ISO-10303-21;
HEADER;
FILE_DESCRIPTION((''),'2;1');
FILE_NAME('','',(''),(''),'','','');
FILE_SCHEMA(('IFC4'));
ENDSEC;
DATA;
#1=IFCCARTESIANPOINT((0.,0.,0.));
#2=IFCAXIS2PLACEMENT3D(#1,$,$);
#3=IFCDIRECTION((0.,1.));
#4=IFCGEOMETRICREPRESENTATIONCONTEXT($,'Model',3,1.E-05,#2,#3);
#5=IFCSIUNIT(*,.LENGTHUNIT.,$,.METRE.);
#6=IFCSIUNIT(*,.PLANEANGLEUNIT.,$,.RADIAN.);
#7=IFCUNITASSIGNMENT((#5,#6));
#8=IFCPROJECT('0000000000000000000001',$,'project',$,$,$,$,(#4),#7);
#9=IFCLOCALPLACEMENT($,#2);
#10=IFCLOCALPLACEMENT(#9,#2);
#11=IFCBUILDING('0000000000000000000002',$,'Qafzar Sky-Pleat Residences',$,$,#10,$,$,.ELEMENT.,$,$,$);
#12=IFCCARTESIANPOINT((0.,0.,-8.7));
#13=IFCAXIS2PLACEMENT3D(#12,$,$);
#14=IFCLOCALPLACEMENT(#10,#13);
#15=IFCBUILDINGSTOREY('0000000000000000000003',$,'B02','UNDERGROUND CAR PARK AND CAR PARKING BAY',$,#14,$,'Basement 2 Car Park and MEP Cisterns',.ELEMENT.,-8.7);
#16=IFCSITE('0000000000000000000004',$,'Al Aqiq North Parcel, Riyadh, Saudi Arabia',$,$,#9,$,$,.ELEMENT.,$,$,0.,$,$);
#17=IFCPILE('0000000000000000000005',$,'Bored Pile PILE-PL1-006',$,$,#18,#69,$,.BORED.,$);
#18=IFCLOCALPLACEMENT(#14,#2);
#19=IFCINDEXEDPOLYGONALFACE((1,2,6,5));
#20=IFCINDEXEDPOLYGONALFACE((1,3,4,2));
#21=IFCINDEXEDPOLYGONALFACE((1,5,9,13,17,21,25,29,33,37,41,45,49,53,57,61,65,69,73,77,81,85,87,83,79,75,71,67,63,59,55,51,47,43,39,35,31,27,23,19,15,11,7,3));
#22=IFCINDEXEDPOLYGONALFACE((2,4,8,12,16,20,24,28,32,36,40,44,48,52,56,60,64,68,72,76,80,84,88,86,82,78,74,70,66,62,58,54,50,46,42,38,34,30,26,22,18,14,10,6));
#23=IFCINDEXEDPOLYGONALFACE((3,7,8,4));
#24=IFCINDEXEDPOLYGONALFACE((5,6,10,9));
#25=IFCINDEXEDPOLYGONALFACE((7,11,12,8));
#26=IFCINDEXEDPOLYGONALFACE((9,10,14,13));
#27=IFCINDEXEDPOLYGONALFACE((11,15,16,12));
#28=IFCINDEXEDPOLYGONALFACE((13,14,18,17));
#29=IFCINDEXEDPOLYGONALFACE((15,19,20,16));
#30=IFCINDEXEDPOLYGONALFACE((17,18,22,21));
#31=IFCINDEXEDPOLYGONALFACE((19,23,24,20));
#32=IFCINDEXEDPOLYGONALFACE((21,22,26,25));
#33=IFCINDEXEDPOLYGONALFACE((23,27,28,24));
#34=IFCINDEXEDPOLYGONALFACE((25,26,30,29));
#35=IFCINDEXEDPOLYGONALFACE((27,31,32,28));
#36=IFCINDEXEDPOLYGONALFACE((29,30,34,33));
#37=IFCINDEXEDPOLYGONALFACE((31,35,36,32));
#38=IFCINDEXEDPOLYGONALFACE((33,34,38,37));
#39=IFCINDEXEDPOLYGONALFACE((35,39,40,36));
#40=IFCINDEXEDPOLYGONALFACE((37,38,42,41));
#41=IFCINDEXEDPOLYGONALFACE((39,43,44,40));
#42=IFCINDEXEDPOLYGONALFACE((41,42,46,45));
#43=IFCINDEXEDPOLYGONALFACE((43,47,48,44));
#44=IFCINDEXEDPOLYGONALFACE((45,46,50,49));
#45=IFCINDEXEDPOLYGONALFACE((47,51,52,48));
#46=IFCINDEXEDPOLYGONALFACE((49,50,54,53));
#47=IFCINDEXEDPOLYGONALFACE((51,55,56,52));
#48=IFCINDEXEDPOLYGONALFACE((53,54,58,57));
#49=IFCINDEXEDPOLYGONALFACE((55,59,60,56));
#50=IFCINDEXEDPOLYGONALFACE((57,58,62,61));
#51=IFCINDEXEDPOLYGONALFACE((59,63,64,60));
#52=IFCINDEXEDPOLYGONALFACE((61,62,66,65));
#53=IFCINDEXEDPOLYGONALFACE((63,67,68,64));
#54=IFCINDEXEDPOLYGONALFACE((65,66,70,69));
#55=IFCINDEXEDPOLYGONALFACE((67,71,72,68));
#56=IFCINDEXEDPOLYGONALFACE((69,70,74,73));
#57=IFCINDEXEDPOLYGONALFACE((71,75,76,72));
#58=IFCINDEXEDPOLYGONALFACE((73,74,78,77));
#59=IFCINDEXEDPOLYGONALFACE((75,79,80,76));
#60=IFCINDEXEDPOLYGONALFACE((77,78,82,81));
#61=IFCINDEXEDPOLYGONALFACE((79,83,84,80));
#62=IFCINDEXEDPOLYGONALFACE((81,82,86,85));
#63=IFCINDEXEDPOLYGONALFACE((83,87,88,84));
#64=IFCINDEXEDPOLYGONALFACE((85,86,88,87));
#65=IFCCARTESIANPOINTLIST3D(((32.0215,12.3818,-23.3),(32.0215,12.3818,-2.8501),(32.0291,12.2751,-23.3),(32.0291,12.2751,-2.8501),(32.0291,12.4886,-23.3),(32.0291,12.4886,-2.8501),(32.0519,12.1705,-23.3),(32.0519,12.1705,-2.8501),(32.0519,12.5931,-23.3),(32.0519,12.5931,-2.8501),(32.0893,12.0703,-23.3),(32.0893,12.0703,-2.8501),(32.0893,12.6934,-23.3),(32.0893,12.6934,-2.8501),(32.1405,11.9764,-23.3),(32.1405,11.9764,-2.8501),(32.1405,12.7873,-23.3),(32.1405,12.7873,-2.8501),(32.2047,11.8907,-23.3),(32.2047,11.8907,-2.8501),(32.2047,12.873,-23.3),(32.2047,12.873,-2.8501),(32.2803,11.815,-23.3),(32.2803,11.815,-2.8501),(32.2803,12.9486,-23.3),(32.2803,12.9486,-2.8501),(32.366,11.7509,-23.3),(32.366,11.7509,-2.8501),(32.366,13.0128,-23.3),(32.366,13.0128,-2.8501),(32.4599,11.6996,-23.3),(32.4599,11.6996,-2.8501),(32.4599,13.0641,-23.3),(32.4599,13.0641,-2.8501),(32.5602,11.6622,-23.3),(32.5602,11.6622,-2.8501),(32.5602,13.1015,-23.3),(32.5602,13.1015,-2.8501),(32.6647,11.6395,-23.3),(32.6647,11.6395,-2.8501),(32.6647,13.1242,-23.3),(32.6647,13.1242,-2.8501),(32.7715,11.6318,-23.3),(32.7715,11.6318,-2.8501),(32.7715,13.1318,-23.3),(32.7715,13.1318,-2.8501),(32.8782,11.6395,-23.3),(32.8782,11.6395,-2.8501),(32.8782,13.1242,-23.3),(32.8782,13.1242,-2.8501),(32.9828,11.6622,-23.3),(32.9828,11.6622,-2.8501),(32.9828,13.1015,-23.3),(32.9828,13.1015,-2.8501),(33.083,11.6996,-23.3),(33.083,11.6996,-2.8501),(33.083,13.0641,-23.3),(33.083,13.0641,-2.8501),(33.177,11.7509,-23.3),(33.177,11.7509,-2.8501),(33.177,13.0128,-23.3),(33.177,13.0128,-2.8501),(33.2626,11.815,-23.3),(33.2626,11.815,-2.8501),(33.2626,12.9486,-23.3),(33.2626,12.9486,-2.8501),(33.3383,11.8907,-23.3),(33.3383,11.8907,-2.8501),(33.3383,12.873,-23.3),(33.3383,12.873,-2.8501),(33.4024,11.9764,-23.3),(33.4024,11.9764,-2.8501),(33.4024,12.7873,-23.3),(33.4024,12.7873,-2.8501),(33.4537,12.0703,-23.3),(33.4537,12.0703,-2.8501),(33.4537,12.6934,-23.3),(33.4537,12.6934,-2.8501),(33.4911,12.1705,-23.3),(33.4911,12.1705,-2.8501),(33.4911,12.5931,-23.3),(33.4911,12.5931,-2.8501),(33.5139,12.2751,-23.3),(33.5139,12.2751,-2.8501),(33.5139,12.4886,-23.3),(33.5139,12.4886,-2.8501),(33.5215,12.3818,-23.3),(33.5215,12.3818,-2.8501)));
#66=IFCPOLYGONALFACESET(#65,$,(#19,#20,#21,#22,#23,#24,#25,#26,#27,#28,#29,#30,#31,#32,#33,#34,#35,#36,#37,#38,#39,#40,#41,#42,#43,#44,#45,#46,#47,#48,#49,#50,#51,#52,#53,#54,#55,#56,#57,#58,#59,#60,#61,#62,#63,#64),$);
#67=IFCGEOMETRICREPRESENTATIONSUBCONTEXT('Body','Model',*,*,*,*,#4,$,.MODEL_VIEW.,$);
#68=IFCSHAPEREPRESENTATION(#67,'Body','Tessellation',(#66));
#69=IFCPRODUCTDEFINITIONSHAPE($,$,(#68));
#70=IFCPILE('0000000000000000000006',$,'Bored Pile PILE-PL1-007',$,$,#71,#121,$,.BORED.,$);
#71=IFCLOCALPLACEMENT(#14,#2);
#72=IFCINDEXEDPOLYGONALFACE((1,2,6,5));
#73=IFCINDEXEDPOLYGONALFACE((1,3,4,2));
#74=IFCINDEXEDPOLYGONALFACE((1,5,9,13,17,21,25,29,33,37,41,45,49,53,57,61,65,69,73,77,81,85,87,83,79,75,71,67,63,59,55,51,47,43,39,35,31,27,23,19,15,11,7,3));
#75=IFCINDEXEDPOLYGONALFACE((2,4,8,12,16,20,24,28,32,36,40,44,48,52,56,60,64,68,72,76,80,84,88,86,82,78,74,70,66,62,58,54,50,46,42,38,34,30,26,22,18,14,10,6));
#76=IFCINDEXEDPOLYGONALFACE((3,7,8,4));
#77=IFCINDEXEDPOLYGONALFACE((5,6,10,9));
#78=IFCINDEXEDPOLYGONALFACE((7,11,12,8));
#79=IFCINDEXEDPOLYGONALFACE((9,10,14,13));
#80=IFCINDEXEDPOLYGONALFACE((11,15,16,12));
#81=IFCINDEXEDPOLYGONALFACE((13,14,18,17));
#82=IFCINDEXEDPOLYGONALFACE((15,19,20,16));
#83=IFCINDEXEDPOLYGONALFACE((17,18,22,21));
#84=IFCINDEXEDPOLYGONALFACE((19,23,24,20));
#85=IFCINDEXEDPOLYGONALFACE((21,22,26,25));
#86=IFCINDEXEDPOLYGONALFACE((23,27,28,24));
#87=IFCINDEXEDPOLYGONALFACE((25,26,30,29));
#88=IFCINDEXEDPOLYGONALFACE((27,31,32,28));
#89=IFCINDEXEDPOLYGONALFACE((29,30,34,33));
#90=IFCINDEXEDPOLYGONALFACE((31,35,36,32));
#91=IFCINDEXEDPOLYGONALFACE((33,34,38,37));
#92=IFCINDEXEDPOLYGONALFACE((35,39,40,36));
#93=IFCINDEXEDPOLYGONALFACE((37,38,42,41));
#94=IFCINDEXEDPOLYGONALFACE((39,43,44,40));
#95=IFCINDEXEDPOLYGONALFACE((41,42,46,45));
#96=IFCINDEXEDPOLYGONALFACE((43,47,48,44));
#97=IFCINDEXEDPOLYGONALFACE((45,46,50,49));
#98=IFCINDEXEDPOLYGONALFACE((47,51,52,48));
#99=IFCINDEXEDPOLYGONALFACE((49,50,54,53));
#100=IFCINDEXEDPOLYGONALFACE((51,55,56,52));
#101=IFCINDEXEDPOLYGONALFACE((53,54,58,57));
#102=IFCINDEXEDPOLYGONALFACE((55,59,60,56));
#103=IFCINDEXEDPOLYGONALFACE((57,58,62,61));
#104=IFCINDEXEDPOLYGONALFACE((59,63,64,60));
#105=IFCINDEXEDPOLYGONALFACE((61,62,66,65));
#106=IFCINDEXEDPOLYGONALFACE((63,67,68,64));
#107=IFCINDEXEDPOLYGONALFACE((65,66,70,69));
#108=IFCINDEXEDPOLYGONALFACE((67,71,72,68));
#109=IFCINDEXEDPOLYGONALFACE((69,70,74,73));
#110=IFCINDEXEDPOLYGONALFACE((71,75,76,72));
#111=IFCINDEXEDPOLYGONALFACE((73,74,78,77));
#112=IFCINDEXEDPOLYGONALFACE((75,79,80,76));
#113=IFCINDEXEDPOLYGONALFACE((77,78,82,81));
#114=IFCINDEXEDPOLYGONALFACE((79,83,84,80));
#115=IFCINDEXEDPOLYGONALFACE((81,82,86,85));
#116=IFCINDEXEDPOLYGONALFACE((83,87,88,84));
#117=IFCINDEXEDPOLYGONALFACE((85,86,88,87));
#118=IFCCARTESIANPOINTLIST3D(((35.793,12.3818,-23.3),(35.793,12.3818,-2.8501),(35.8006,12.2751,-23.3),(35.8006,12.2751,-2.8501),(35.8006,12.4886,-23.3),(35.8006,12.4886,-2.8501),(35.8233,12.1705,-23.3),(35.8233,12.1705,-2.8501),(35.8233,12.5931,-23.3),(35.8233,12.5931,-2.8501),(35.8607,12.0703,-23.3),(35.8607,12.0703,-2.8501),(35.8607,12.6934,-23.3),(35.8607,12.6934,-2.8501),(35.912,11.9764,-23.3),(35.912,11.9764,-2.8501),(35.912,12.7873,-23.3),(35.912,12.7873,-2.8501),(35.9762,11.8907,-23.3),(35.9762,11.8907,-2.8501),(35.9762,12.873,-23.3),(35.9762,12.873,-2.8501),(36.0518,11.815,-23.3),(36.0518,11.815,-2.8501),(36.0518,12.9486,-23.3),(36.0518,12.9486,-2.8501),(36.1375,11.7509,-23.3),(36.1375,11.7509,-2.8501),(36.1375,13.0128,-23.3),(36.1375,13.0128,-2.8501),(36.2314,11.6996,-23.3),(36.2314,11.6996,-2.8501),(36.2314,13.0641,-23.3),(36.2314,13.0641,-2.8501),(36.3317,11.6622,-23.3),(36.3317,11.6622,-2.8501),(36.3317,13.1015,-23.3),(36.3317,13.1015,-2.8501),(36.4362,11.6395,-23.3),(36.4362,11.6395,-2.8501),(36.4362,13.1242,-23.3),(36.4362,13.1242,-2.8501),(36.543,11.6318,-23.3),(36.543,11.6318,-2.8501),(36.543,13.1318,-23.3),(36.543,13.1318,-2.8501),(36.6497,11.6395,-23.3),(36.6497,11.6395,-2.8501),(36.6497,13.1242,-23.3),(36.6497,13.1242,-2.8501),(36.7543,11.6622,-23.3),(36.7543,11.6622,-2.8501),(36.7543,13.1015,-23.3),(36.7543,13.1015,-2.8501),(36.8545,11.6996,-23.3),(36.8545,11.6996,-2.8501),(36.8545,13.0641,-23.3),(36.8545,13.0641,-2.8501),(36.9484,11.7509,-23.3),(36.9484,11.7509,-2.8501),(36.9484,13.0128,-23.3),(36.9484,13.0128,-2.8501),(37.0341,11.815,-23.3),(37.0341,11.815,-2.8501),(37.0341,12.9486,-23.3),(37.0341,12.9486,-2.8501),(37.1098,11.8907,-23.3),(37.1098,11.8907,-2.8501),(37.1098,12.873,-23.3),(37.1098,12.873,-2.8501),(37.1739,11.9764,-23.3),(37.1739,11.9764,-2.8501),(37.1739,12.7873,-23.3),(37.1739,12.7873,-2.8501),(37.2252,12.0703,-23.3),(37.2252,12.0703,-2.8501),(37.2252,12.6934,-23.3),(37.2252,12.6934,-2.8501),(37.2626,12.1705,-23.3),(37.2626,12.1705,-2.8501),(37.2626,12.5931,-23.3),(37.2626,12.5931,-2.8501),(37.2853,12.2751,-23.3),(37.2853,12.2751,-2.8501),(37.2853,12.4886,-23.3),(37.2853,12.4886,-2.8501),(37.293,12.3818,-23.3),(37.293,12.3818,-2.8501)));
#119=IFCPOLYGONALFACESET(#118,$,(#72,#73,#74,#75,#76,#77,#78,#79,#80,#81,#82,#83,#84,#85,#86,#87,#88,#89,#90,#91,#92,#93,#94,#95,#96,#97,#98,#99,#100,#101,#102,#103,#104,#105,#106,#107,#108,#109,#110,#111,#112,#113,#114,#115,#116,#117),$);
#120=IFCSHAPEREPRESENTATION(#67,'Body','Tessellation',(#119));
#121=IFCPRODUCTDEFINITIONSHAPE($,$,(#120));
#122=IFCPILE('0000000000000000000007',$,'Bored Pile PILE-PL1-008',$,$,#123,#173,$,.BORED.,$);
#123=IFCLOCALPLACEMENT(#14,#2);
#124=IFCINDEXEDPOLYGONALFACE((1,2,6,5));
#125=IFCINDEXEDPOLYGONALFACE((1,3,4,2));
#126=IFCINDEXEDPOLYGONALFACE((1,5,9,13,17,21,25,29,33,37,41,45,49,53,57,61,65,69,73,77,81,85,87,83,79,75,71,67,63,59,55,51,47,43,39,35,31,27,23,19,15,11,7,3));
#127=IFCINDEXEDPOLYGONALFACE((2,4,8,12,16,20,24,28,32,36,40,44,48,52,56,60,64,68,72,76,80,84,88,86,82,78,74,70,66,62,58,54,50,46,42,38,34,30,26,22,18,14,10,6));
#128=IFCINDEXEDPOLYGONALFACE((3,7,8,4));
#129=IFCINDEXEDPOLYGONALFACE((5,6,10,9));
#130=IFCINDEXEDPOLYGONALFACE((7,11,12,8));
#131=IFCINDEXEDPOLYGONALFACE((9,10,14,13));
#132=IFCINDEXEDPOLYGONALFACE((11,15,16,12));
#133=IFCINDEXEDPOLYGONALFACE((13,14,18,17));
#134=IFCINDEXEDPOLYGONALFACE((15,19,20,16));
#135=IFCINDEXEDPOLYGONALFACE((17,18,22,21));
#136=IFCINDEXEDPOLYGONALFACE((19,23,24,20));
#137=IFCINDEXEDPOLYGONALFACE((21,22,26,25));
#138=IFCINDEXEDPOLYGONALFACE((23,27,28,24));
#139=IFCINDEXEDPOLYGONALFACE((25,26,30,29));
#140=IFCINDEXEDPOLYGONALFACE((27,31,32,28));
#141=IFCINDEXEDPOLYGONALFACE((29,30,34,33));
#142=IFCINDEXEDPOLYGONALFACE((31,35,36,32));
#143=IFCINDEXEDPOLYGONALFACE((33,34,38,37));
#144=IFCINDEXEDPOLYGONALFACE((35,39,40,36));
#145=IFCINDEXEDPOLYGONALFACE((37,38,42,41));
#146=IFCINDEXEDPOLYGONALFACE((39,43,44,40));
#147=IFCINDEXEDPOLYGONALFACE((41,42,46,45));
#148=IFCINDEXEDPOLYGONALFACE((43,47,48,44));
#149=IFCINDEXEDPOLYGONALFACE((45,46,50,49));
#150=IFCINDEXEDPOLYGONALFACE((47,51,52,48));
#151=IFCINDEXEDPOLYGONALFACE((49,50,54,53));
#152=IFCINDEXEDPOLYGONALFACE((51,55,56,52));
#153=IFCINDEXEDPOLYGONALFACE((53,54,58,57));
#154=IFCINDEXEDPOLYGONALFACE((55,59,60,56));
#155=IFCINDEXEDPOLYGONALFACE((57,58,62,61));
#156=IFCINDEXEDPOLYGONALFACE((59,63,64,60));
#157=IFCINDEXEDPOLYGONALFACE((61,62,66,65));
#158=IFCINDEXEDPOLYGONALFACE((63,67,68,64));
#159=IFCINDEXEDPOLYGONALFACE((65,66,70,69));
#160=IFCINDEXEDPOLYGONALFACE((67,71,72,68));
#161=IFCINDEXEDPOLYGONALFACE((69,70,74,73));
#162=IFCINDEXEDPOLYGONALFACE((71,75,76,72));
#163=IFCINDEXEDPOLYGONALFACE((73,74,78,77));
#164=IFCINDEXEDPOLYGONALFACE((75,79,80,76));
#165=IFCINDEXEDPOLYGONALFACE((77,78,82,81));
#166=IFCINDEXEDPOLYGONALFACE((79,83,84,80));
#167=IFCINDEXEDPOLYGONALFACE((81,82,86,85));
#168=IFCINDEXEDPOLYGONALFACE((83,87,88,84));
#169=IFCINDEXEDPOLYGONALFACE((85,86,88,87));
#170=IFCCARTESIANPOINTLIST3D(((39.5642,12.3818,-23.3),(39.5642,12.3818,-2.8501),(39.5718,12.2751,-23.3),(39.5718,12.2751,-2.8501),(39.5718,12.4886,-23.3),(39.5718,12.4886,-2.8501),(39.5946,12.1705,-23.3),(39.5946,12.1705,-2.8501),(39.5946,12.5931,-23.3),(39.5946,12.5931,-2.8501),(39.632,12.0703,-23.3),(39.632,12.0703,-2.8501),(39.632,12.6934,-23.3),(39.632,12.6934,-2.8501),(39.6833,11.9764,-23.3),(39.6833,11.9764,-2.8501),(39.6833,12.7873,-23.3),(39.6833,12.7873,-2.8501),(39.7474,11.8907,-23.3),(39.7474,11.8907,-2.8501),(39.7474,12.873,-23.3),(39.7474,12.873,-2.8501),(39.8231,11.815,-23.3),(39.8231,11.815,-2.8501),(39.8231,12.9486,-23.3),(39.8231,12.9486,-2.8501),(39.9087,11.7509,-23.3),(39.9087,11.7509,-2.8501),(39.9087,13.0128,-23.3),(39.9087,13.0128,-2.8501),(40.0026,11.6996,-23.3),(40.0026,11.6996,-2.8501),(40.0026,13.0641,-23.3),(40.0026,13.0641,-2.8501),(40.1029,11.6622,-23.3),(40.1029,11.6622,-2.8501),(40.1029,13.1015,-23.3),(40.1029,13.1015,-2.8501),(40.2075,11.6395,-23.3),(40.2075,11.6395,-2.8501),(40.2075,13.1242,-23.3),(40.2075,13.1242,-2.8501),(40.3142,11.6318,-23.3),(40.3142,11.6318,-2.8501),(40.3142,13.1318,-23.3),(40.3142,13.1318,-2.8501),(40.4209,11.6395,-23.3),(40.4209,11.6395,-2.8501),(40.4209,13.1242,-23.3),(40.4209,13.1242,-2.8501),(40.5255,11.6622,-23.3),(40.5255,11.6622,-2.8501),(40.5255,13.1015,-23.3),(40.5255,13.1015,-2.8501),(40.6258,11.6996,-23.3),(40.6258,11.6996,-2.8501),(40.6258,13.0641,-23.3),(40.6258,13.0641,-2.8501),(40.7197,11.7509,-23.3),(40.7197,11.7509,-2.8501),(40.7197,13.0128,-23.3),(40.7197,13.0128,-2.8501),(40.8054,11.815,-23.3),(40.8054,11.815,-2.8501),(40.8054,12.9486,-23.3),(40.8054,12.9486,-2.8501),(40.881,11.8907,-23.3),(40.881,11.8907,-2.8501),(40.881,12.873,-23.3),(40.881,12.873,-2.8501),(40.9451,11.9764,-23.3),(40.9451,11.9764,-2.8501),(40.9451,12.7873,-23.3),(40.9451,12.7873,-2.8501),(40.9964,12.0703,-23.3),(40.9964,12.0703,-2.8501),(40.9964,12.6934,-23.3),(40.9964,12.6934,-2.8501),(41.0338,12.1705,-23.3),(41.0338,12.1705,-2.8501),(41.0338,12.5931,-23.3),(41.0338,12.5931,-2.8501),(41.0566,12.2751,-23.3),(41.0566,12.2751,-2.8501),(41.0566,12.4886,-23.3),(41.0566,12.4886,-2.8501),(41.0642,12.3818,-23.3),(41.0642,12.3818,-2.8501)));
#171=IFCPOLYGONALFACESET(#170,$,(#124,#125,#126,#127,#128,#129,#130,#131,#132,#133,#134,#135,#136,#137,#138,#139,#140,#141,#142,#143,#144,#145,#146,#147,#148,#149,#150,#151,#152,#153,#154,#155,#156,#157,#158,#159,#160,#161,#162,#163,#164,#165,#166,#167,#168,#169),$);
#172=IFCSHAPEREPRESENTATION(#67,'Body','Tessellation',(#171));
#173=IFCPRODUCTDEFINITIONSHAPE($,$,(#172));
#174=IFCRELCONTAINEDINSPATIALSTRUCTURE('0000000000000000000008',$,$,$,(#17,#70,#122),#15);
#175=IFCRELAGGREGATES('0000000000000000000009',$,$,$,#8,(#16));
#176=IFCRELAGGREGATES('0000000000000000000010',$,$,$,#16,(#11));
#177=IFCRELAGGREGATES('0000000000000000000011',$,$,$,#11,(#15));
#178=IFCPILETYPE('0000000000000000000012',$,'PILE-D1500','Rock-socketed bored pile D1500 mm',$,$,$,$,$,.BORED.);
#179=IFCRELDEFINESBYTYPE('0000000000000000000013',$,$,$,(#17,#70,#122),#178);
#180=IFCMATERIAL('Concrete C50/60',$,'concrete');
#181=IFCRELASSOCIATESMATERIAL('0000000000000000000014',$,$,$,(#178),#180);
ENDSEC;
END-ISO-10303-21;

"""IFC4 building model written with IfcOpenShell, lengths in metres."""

from ifc_helpers import new_model, si_unit, direction, frame, origin, origin_2d, place, context, subcontext, project, spatial, circle, extrude, source, transform, mapped, material, material_profile, profile_set, type_object, element, save


model = new_model("IFC4")

# Units and contexts
model_context = context("Model", 3, precision=1e-05, world=origin(), true_north=direction((0.0, 1.0)))
body_context = subcontext(model_context, "Body", "Model", "MODEL_VIEW")
ifc_project = project(units=[si_unit("LENGTHUNIT", "METRE"), si_unit("PLANEANGLEUNIT", "RADIAN")], contexts=[model_context])

# Site, building, storey
site_placement = place(None, origin())
site = spatial("IfcSite", under=ifc_project, at=site_placement, Name="Al Aqiq North Parcel, Riyadh, Saudi Arabia", CompositionType="ELEMENT", RefElevation=0.0)
building_placement = place(site_placement, origin())
building = spatial("IfcBuilding", under=site, at=building_placement, Name="Qafzar Sky-Pleat Residences", CompositionType="ELEMENT")
storey_placement = place(building_placement, frame((0.0, 0.0, -8.7)))
storey = spatial("IfcBuildingStorey", under=building, at=storey_placement, Name="B02", Description="UNDERGROUND CAR PARK AND CAR PARKING BAY", LongName="Basement 2 Car Park and MEP Cisterns", CompositionType="ELEMENT", Elevation=-8.7)

# Piles
ifc_material_1 = material(Name="Concrete C50/60", Category="concrete")
ifc_material_profile_1 = material_profile(ifc_material_1, circle(Radius=0.75, at=origin_2d()), Name="PILE D1500")
ifc_profile_set_1 = profile_set([ifc_material_profile_1], Name="Concrete C50/60")
pile_type_1 = type_object("IfcPileType", Name="PILE-D1500", Description="Rock-socketed bored pile D1500 mm", PredefinedType="BORED", material=ifc_profile_set_1)
shared_shape_1 = source(origin(), body_context, "Body", "SweptSolid", [
    extrude(circle(Radius=0.75, at=origin_2d()), origin(), (0.0, 0.0, 1.0), 20.45),
])
for number, where, z_axis, x_axis, name in (
    (1, (32.7715, 12.3818, -2.8501), (0.0, 0.0, -1.0), (1.0, 0.0, 0.0), "Bored Pile PILE-PL1-006"),
    (2, (36.543, 12.3818, -2.8501), (0.0, 0.0, -1.0), (1.0, 0.0, 0.0), "Bored Pile PILE-PL1-007"),
    (3, (40.3142, 12.3818, -2.8501), (0.0, 0.0, -1.0), (1.0, 0.0, 0.0), "Bored Pile PILE-PL1-008"),
):
    element("IfcPile", number, at=place(storey_placement, frame(where, z_axis=z_axis, x_axis=x_axis)), inside=storey, type_object=pile_type_1, Name=name, PredefinedType="BORED", context=body_context, shape_type="MappedRepresentation", body=[
        mapped(shared_shape_1, transform((0.0, 0.0, 0.0), x_axis=(1.0, 0.0, 0.0), y_axis=(0.0, 1.0, 0.0), z_axis=(0.0, 0.0, 1.0), scale=1.0)),
    ])

save(model, "model.ifc")
